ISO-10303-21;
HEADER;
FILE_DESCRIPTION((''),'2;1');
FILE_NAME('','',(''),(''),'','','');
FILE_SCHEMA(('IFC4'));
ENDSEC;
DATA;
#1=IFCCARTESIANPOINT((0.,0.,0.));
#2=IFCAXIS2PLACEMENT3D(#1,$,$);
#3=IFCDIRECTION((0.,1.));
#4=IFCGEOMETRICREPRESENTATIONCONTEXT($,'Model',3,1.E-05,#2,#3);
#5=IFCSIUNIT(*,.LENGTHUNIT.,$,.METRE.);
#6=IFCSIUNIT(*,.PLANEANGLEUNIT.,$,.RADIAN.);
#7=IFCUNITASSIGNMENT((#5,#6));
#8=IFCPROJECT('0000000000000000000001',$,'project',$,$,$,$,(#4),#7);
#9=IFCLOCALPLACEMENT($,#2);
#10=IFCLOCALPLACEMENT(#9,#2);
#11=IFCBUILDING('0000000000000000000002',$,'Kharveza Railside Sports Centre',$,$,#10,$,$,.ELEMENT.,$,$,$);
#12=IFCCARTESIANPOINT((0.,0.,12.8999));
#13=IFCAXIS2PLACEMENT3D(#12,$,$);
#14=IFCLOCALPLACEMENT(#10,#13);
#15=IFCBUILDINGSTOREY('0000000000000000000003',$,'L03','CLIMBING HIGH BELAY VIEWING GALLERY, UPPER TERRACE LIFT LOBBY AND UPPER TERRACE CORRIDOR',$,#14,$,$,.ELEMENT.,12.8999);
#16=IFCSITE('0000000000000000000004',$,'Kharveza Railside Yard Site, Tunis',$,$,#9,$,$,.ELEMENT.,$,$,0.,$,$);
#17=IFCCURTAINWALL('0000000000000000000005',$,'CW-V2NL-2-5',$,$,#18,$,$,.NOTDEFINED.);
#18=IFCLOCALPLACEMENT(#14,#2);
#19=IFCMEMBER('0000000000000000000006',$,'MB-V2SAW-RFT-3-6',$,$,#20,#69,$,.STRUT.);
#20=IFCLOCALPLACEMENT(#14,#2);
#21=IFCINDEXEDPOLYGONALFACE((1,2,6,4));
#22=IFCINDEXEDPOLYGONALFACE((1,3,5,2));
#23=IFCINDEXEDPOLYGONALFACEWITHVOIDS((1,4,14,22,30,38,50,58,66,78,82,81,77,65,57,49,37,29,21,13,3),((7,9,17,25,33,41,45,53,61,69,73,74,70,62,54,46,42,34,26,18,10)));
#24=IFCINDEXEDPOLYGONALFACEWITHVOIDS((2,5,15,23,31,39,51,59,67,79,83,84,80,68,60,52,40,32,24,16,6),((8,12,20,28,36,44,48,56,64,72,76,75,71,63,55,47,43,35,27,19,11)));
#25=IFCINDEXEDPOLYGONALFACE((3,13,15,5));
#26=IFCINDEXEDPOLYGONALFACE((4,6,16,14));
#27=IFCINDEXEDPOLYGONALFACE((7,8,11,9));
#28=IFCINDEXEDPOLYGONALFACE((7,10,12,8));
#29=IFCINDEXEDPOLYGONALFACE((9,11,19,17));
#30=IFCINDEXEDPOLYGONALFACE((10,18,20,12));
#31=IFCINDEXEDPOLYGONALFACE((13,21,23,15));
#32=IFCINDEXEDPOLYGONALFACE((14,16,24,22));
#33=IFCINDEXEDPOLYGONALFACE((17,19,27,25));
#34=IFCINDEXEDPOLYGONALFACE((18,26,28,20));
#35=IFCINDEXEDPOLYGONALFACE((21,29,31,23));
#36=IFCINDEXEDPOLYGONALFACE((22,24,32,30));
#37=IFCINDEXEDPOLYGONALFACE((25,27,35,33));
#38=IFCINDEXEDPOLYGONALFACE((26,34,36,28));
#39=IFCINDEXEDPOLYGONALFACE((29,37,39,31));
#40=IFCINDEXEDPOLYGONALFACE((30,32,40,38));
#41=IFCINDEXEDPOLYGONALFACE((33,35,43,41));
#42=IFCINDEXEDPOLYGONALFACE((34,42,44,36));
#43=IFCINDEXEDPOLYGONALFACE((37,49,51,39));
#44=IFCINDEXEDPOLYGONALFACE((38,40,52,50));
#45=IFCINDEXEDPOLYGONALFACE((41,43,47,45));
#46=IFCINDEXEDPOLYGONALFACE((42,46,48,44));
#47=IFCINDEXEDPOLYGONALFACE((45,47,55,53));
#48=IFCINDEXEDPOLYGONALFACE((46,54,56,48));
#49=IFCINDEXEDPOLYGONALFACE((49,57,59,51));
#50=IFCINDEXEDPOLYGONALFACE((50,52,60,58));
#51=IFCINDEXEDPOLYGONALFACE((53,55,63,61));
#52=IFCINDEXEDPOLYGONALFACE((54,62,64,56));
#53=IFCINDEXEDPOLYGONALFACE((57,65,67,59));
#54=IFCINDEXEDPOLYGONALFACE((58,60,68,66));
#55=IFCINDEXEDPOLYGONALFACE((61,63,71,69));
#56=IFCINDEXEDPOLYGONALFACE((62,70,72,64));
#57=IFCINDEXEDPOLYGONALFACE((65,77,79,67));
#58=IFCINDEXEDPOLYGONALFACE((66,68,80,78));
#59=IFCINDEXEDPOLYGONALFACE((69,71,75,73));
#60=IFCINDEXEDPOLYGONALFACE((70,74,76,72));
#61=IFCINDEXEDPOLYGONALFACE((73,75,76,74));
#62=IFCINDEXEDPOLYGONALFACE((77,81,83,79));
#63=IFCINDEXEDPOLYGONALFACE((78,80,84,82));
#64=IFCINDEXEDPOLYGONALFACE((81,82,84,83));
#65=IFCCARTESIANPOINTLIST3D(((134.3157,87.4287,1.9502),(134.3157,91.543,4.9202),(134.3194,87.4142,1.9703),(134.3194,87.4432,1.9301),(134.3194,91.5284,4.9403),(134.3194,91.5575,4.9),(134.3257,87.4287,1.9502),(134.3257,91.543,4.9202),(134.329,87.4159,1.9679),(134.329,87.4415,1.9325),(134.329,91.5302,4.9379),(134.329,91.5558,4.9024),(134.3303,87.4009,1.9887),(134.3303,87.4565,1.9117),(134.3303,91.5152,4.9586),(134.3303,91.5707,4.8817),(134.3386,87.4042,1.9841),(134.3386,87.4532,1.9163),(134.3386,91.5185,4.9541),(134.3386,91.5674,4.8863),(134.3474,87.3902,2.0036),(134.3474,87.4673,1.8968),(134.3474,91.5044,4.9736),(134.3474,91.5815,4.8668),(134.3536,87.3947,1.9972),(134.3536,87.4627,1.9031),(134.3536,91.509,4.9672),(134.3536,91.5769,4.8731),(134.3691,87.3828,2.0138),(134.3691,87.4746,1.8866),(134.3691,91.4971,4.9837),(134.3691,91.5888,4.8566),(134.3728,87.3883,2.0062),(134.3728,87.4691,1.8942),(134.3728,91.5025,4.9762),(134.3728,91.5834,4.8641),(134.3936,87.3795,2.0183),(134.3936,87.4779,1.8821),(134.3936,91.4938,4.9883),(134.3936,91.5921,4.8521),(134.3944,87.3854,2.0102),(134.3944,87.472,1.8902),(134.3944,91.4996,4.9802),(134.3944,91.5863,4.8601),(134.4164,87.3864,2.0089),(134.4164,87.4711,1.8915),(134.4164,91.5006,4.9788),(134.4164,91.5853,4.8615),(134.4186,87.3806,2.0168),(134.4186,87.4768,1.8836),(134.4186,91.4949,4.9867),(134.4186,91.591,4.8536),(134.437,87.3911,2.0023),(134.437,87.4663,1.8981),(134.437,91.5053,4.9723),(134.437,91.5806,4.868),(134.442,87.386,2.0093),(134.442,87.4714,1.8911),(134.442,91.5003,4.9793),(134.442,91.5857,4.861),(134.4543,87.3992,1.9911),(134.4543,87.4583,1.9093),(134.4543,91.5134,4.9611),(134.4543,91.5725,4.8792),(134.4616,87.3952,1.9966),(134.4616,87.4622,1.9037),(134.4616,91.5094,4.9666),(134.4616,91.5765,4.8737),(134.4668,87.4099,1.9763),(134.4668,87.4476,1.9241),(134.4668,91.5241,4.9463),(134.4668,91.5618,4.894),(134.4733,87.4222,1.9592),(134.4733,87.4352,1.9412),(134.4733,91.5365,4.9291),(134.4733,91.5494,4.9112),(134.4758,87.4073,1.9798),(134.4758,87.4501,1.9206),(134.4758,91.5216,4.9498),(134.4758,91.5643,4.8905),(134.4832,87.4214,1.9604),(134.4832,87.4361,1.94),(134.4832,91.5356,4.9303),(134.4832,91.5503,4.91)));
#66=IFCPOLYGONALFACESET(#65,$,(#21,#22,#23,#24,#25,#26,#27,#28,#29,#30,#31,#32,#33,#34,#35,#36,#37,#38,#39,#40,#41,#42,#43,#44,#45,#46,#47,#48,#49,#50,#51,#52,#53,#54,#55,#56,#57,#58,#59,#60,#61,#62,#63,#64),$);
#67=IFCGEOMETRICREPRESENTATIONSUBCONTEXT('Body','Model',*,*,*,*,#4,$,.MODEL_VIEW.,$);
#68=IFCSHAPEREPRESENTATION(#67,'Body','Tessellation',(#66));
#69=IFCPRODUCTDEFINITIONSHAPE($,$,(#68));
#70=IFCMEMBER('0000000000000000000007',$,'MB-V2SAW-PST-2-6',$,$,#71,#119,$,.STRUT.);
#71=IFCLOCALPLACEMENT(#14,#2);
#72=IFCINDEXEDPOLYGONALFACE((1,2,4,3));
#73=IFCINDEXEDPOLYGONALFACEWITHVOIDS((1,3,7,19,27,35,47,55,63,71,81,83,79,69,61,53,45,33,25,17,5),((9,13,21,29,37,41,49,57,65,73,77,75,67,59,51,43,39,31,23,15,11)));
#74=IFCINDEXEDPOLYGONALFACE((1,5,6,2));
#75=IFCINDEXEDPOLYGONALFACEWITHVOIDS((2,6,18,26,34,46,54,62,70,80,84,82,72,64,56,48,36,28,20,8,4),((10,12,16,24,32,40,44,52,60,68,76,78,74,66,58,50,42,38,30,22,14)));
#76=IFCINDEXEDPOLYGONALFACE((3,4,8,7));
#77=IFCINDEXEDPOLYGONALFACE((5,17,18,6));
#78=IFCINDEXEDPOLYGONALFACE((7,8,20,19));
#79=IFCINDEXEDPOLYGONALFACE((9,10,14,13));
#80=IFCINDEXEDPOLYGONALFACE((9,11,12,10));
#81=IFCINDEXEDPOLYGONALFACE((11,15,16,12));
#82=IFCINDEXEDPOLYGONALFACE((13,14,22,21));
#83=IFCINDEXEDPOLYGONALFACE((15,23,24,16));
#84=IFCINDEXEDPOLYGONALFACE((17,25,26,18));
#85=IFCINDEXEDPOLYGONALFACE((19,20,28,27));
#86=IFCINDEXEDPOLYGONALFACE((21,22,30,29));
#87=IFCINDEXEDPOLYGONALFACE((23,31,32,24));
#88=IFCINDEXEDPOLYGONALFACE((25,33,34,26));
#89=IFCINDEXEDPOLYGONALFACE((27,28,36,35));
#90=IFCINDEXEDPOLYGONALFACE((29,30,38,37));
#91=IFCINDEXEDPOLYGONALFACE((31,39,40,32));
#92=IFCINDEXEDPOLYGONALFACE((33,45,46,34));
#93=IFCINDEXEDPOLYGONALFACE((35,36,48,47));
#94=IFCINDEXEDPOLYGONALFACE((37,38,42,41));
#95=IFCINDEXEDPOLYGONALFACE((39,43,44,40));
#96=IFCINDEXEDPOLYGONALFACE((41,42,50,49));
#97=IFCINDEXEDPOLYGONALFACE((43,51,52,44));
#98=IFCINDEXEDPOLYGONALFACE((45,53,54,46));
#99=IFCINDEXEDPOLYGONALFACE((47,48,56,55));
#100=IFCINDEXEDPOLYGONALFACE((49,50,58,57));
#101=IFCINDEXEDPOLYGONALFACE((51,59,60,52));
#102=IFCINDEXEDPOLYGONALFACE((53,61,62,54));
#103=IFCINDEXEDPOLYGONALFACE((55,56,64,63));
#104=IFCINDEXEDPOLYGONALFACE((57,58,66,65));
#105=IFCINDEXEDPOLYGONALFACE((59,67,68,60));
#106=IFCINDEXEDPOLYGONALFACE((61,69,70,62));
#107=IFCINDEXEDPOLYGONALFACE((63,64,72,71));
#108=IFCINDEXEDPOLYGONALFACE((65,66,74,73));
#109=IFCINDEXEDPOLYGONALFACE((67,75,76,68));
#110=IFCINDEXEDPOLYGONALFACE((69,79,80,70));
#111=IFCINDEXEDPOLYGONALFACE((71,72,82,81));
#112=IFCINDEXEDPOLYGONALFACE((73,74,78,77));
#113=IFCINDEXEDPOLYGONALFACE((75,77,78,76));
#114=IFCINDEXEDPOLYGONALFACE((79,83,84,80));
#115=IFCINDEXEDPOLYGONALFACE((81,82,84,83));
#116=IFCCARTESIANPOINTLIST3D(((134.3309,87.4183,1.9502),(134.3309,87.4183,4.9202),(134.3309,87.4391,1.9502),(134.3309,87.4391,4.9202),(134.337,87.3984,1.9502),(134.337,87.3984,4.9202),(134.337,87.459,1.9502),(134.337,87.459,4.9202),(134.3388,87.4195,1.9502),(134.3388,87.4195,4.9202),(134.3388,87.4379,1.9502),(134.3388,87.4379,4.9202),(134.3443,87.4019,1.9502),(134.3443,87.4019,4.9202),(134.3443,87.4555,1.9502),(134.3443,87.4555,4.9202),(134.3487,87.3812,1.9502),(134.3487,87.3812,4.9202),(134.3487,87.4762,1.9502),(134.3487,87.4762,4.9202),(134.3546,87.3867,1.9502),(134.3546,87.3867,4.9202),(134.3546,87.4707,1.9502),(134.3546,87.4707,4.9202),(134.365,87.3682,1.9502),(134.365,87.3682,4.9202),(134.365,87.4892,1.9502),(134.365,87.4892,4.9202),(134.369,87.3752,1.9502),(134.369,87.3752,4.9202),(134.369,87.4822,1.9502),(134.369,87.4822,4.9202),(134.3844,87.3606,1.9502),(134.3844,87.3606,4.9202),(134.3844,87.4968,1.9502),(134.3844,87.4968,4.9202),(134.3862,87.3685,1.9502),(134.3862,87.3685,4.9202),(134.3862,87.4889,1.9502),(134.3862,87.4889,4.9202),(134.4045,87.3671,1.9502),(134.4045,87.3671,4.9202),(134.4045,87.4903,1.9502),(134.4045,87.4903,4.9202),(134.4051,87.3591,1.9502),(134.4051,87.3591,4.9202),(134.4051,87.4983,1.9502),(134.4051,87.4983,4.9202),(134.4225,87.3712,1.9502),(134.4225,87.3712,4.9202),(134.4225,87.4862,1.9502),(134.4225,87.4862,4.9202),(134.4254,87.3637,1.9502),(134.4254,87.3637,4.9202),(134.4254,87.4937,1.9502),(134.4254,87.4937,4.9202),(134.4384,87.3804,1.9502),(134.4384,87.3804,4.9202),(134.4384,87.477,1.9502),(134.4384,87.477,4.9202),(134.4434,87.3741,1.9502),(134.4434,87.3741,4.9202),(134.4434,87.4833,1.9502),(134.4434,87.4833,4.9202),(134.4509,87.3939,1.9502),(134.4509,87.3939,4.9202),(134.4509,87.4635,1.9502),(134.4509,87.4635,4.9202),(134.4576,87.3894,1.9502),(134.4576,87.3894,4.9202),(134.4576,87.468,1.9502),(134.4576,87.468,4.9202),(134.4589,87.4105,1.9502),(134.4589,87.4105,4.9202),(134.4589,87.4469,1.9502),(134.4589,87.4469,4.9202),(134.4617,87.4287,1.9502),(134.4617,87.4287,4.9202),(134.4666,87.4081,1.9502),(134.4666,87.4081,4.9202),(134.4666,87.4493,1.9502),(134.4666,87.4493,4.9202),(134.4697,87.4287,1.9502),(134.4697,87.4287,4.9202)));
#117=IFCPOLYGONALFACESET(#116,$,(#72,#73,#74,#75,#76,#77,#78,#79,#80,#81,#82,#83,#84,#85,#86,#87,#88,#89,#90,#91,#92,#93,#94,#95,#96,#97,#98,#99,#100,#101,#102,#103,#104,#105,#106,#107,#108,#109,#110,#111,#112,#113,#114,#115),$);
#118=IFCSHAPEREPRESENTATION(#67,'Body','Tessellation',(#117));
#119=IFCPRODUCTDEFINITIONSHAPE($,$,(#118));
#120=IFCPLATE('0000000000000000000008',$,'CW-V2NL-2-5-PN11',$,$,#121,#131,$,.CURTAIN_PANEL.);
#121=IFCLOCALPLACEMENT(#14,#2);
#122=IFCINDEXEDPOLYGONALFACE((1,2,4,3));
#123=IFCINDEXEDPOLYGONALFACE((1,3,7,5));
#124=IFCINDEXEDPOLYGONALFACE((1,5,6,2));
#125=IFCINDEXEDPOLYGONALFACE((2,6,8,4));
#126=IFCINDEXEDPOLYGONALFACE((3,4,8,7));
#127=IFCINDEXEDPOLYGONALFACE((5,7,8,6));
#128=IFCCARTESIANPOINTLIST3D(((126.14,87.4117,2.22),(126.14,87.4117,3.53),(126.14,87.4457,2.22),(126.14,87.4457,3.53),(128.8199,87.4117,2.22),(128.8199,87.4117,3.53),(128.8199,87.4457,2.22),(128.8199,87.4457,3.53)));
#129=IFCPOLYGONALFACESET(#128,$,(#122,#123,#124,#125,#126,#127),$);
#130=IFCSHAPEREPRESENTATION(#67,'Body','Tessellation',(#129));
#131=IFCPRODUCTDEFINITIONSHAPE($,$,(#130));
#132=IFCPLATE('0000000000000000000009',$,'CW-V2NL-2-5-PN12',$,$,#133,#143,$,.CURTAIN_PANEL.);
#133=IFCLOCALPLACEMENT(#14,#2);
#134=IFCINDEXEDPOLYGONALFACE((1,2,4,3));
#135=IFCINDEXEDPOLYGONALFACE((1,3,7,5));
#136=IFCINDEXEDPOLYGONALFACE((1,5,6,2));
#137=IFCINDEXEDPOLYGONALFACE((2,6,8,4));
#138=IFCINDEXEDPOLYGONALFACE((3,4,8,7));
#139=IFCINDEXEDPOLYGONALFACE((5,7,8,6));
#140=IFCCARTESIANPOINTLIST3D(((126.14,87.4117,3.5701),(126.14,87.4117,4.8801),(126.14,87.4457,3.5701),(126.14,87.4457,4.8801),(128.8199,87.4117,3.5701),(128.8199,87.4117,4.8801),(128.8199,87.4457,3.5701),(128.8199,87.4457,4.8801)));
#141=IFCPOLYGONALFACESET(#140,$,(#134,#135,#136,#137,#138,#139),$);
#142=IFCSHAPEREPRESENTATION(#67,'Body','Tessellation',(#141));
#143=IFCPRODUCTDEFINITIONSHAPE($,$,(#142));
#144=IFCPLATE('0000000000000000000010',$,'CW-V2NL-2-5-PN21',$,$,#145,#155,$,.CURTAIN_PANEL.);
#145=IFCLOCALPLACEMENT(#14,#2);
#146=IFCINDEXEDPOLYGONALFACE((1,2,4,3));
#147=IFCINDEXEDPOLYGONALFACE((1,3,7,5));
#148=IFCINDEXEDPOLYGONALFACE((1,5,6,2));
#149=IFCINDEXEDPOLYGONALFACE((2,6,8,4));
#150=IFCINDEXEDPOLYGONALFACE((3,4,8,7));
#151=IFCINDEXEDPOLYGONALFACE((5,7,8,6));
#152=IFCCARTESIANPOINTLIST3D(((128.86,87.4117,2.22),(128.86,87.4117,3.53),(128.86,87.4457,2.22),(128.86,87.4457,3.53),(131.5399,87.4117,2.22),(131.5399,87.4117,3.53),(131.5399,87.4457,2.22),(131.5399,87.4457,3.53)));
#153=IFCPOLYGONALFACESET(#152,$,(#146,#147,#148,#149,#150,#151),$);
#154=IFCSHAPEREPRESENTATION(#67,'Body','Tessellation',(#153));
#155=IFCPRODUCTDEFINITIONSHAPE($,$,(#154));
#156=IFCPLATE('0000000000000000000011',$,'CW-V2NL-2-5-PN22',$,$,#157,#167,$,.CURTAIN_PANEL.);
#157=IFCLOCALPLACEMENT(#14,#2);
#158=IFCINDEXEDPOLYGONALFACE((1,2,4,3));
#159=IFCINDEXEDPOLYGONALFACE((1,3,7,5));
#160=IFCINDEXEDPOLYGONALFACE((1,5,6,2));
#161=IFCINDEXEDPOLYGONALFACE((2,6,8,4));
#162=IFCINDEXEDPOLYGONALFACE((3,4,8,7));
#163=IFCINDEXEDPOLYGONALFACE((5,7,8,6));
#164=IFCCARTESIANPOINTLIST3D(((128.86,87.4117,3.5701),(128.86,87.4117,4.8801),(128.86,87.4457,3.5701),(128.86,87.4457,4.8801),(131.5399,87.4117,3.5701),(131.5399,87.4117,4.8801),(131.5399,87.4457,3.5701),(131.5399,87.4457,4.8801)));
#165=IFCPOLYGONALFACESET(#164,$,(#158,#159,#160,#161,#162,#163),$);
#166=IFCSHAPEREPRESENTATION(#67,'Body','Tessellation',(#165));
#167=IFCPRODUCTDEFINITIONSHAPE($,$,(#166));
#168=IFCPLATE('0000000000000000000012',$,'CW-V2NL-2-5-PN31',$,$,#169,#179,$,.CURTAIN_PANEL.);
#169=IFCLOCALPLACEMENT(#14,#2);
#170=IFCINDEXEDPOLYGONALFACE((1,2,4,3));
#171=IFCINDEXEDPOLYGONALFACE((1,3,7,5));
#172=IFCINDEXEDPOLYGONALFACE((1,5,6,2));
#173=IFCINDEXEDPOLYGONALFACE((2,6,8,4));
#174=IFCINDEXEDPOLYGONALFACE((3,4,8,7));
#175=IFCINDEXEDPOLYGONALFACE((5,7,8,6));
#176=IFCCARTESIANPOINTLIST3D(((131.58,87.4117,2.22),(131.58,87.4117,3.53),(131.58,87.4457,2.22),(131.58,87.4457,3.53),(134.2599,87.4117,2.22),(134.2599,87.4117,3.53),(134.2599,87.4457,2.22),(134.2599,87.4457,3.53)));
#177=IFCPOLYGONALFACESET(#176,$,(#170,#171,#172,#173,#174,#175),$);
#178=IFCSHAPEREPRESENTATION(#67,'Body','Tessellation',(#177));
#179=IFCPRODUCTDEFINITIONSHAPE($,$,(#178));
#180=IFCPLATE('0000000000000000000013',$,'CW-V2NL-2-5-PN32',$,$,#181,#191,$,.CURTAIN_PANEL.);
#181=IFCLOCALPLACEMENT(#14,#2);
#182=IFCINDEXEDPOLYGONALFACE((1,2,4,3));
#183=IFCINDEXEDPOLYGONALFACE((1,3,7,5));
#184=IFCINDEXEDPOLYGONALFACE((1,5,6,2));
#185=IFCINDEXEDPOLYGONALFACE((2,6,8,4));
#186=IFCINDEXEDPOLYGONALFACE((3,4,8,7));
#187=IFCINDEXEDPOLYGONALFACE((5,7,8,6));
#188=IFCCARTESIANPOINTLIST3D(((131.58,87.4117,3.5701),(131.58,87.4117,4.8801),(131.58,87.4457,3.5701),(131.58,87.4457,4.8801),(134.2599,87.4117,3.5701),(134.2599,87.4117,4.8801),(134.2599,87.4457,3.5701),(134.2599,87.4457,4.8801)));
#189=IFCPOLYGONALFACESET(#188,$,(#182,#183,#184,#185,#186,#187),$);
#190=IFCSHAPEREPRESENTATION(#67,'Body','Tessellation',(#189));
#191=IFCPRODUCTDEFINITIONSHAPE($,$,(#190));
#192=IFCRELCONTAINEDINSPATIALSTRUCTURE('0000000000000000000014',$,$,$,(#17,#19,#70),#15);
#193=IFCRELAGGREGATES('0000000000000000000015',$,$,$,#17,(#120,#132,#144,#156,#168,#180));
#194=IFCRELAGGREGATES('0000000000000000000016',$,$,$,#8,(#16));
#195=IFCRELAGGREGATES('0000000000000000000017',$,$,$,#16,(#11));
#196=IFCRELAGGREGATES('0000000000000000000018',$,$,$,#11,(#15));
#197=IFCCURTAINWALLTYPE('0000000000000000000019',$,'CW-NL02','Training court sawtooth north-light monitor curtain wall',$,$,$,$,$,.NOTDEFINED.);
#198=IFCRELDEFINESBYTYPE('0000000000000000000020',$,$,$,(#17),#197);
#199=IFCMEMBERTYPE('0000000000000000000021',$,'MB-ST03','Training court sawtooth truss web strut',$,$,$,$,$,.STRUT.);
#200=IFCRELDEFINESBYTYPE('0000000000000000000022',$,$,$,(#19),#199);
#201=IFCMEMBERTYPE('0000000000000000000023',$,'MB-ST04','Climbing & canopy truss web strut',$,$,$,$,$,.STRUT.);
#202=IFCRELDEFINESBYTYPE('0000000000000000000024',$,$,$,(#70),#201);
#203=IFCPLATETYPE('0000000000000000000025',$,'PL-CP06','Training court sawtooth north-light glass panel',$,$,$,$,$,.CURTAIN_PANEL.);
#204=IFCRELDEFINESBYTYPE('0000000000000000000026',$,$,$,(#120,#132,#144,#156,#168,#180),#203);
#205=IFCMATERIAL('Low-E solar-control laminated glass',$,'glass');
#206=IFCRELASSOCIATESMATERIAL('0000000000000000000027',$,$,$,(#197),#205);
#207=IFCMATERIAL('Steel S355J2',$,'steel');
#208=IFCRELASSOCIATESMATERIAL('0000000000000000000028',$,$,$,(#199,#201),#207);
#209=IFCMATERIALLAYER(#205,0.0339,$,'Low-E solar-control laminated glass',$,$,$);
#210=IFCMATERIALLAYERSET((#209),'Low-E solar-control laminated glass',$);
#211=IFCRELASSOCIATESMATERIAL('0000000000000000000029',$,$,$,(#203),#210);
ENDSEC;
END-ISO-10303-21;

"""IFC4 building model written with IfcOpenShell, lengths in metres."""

from ifc_helpers import new_model, si_unit, direction, frame, origin, origin_2d, place, context, subcontext, project, spatial, rectangle, hollow_circle, extrude, material, layer, layer_set, material_profile, profile_set, type_object, element, aggregate, save


model = new_model("IFC4")

# Units and contexts
model_context = context("Model", 3, precision=1e-05, world=origin(), true_north=direction((0.0, 1.0)))
body_context = subcontext(model_context, "Body", "Model", "MODEL_VIEW")
ifc_project = project(units=[si_unit("LENGTHUNIT", "METRE"), si_unit("PLANEANGLEUNIT", "RADIAN")], contexts=[model_context])

# Site, building, storey
site_placement = place(None, origin())
site = spatial("IfcSite", under=ifc_project, at=site_placement, Name="Kharveza Railside Yard Site, Tunis", CompositionType="ELEMENT", RefElevation=0.0)
building_placement = place(site_placement, origin())
building = spatial("IfcBuilding", under=site, at=building_placement, Name="Kharveza Railside Sports Centre", CompositionType="ELEMENT")
storey_placement = place(building_placement, frame((0.0, 0.0, 12.8999)))
storey = spatial("IfcBuildingStorey", under=building, at=storey_placement, Name="L03", Description="CLIMBING HIGH BELAY VIEWING GALLERY, UPPER TERRACE LIFT LOBBY AND UPPER TERRACE CORRIDOR", CompositionType="ELEMENT", Elevation=12.8999)

# Shared definitions
ifc_material_1 = material(Name="Steel S355J2", Category="steel")

# Curtain wall
ifc_material_2 = material(Name="Low-E solar-control laminated glass", Category="glass")
curtain_wall_type = type_object("IfcCurtainWallType", Name="CW-NL02", Description="Training court sawtooth north-light monitor curtain wall", PredefinedType="NOTDEFINED", material=ifc_material_2)
curtain_wall_1_placement = place(storey_placement, origin())
curtain_wall_1 = element("IfcCurtainWall", 1, at=curtain_wall_1_placement, inside=storey, type_object=curtain_wall_type, Name="CW-V2NL-2-5", PredefinedType="NOTDEFINED")

# Members
ifc_material_profile_1 = material_profile(ifc_material_1, hollow_circle(Radius=0.0842, WallThickness=0.01, at=origin_2d()), Name="CHS 168.3x10.0")
ifc_profile_set_1 = profile_set([ifc_material_profile_1], Name="Steel S355J2")
member_type_1 = type_object("IfcMemberType", Name="MB-ST03", Description="Training court sawtooth truss web strut", PredefinedType="STRUT", material=ifc_profile_set_1)
member_1_placement = place(storey_placement, frame((134.3999, 87.4287, 1.9502), z_axis=(0.0, 0.810814, 0.585304), x_axis=(-1.0, 0.0, 0.0)))
element("IfcMember", 2, at=member_1_placement, inside=storey, type_object=member_type_1, Name="MB-V2SAW-RFT-3-6", PredefinedType="STRUT", context=body_context, shape_type="SweptSolid", body=[
    extrude(hollow_circle(Radius=0.0842, WallThickness=0.01, at=origin_2d()), origin(), (0.0, 0.0, 1.0), 5.0742),
])
ifc_material_profile_2 = material_profile(ifc_material_1, hollow_circle(Radius=0.0698, WallThickness=0.0081, at=origin_2d()), Name="CHS 139.7x8.0")
ifc_profile_set_2 = profile_set([ifc_material_profile_2], Name="Steel S355J2")
member_type_2 = type_object("IfcMemberType", Name="MB-ST04", Description="Climbing & canopy truss web strut", PredefinedType="STRUT", material=ifc_profile_set_2)
member_2_placement = place(storey_placement, frame((134.3999, 87.4287, 1.9502), z_axis=(0.0, 0.0, 1.0), x_axis=(1.0, 0.0, 0.0)))
element("IfcMember", 3, at=member_2_placement, inside=storey, type_object=member_type_2, Name="MB-V2SAW-PST-2-6", PredefinedType="STRUT", context=body_context, shape_type="SweptSolid", body=[
    extrude(hollow_circle(Radius=0.0698, WallThickness=0.0081, at=origin_2d()), origin(), (0.0, 0.0, 1.0), 2.97),
])

# Plates
ifc_layer_1 = layer(ifc_material_2, 0.0339, Name="Low-E solar-control laminated glass")
ifc_layer_set_1 = layer_set([ifc_layer_1], Name="Low-E solar-control laminated glass")
plate_type_1 = type_object("IfcPlateType", Name="PL-CP06", Description="Training court sawtooth north-light glass panel", PredefinedType="CURTAIN_PANEL", material=ifc_layer_set_1)
plate_1_placement = place(storey_placement, frame((127.48, 87.4287, 2.22), z_axis=(0.0, 0.0, 1.0), x_axis=(1.0, 0.0, 0.0)))
plate_1 = element("IfcPlate", 4, at=plate_1_placement, type_object=plate_type_1, Name="CW-V2NL-2-5-PN11", PredefinedType="CURTAIN_PANEL", context=body_context, shape_type="SweptSolid", body=[
    extrude(rectangle(XDim=2.6799, YDim=0.0339, at=origin_2d()), origin(), (0.0, 0.0, 1.0), 1.3101),
])
plate_2_placement = place(storey_placement, frame((127.48, 87.4287, 3.5701), z_axis=(0.0, 0.0, 1.0), x_axis=(1.0, 0.0, 0.0)))
plate_2 = element("IfcPlate", 5, at=plate_2_placement, type_object=plate_type_1, Name="CW-V2NL-2-5-PN12", PredefinedType="CURTAIN_PANEL", context=body_context, shape_type="SweptSolid", body=[
    extrude(rectangle(XDim=2.6799, YDim=0.0339, at=origin_2d()), origin(), (0.0, 0.0, 1.0), 1.3101),
])
plate_3_placement = place(storey_placement, frame((130.2, 87.4287, 2.22), z_axis=(0.0, 0.0, 1.0), x_axis=(1.0, 0.0, 0.0)))
plate_3 = element("IfcPlate", 6, at=plate_3_placement, type_object=plate_type_1, Name="CW-V2NL-2-5-PN21", PredefinedType="CURTAIN_PANEL", context=body_context, shape_type="SweptSolid", body=[
    extrude(rectangle(XDim=2.6799, YDim=0.0339, at=origin_2d()), origin(), (0.0, 0.0, 1.0), 1.3101),
])
plate_4_placement = place(storey_placement, frame((130.2, 87.4287, 3.5701), z_axis=(0.0, 0.0, 1.0), x_axis=(1.0, 0.0, 0.0)))
plate_4 = element("IfcPlate", 7, at=plate_4_placement, type_object=plate_type_1, Name="CW-V2NL-2-5-PN22", PredefinedType="CURTAIN_PANEL", context=body_context, shape_type="SweptSolid", body=[
    extrude(rectangle(XDim=2.6799, YDim=0.0339, at=origin_2d()), origin(), (0.0, 0.0, 1.0), 1.3101),
])
plate_5_placement = place(storey_placement, frame((132.9199, 87.4287, 2.22), z_axis=(0.0, 0.0, 1.0), x_axis=(1.0, 0.0, 0.0)))
plate_5 = element("IfcPlate", 8, at=plate_5_placement, type_object=plate_type_1, Name="CW-V2NL-2-5-PN31", PredefinedType="CURTAIN_PANEL", context=body_context, shape_type="SweptSolid", body=[
    extrude(rectangle(XDim=2.6799, YDim=0.0339, at=origin_2d()), origin(), (0.0, 0.0, 1.0), 1.3101),
])
plate_6_placement = place(storey_placement, frame((132.9199, 87.4287, 3.5701), z_axis=(0.0, 0.0, 1.0), x_axis=(1.0, 0.0, 0.0)))
plate_6 = element("IfcPlate", 9, at=plate_6_placement, type_object=plate_type_1, Name="CW-V2NL-2-5-PN32", PredefinedType="CURTAIN_PANEL", context=body_context, shape_type="SweptSolid", body=[
    extrude(rectangle(XDim=2.6799, YDim=0.0339, at=origin_2d()), origin(), (0.0, 0.0, 1.0), 1.3101),
])
aggregate(curtain_wall_1, [plate_1, plate_2, plate_3, plate_4, plate_5, plate_6])

save(model, "model.ifc")
